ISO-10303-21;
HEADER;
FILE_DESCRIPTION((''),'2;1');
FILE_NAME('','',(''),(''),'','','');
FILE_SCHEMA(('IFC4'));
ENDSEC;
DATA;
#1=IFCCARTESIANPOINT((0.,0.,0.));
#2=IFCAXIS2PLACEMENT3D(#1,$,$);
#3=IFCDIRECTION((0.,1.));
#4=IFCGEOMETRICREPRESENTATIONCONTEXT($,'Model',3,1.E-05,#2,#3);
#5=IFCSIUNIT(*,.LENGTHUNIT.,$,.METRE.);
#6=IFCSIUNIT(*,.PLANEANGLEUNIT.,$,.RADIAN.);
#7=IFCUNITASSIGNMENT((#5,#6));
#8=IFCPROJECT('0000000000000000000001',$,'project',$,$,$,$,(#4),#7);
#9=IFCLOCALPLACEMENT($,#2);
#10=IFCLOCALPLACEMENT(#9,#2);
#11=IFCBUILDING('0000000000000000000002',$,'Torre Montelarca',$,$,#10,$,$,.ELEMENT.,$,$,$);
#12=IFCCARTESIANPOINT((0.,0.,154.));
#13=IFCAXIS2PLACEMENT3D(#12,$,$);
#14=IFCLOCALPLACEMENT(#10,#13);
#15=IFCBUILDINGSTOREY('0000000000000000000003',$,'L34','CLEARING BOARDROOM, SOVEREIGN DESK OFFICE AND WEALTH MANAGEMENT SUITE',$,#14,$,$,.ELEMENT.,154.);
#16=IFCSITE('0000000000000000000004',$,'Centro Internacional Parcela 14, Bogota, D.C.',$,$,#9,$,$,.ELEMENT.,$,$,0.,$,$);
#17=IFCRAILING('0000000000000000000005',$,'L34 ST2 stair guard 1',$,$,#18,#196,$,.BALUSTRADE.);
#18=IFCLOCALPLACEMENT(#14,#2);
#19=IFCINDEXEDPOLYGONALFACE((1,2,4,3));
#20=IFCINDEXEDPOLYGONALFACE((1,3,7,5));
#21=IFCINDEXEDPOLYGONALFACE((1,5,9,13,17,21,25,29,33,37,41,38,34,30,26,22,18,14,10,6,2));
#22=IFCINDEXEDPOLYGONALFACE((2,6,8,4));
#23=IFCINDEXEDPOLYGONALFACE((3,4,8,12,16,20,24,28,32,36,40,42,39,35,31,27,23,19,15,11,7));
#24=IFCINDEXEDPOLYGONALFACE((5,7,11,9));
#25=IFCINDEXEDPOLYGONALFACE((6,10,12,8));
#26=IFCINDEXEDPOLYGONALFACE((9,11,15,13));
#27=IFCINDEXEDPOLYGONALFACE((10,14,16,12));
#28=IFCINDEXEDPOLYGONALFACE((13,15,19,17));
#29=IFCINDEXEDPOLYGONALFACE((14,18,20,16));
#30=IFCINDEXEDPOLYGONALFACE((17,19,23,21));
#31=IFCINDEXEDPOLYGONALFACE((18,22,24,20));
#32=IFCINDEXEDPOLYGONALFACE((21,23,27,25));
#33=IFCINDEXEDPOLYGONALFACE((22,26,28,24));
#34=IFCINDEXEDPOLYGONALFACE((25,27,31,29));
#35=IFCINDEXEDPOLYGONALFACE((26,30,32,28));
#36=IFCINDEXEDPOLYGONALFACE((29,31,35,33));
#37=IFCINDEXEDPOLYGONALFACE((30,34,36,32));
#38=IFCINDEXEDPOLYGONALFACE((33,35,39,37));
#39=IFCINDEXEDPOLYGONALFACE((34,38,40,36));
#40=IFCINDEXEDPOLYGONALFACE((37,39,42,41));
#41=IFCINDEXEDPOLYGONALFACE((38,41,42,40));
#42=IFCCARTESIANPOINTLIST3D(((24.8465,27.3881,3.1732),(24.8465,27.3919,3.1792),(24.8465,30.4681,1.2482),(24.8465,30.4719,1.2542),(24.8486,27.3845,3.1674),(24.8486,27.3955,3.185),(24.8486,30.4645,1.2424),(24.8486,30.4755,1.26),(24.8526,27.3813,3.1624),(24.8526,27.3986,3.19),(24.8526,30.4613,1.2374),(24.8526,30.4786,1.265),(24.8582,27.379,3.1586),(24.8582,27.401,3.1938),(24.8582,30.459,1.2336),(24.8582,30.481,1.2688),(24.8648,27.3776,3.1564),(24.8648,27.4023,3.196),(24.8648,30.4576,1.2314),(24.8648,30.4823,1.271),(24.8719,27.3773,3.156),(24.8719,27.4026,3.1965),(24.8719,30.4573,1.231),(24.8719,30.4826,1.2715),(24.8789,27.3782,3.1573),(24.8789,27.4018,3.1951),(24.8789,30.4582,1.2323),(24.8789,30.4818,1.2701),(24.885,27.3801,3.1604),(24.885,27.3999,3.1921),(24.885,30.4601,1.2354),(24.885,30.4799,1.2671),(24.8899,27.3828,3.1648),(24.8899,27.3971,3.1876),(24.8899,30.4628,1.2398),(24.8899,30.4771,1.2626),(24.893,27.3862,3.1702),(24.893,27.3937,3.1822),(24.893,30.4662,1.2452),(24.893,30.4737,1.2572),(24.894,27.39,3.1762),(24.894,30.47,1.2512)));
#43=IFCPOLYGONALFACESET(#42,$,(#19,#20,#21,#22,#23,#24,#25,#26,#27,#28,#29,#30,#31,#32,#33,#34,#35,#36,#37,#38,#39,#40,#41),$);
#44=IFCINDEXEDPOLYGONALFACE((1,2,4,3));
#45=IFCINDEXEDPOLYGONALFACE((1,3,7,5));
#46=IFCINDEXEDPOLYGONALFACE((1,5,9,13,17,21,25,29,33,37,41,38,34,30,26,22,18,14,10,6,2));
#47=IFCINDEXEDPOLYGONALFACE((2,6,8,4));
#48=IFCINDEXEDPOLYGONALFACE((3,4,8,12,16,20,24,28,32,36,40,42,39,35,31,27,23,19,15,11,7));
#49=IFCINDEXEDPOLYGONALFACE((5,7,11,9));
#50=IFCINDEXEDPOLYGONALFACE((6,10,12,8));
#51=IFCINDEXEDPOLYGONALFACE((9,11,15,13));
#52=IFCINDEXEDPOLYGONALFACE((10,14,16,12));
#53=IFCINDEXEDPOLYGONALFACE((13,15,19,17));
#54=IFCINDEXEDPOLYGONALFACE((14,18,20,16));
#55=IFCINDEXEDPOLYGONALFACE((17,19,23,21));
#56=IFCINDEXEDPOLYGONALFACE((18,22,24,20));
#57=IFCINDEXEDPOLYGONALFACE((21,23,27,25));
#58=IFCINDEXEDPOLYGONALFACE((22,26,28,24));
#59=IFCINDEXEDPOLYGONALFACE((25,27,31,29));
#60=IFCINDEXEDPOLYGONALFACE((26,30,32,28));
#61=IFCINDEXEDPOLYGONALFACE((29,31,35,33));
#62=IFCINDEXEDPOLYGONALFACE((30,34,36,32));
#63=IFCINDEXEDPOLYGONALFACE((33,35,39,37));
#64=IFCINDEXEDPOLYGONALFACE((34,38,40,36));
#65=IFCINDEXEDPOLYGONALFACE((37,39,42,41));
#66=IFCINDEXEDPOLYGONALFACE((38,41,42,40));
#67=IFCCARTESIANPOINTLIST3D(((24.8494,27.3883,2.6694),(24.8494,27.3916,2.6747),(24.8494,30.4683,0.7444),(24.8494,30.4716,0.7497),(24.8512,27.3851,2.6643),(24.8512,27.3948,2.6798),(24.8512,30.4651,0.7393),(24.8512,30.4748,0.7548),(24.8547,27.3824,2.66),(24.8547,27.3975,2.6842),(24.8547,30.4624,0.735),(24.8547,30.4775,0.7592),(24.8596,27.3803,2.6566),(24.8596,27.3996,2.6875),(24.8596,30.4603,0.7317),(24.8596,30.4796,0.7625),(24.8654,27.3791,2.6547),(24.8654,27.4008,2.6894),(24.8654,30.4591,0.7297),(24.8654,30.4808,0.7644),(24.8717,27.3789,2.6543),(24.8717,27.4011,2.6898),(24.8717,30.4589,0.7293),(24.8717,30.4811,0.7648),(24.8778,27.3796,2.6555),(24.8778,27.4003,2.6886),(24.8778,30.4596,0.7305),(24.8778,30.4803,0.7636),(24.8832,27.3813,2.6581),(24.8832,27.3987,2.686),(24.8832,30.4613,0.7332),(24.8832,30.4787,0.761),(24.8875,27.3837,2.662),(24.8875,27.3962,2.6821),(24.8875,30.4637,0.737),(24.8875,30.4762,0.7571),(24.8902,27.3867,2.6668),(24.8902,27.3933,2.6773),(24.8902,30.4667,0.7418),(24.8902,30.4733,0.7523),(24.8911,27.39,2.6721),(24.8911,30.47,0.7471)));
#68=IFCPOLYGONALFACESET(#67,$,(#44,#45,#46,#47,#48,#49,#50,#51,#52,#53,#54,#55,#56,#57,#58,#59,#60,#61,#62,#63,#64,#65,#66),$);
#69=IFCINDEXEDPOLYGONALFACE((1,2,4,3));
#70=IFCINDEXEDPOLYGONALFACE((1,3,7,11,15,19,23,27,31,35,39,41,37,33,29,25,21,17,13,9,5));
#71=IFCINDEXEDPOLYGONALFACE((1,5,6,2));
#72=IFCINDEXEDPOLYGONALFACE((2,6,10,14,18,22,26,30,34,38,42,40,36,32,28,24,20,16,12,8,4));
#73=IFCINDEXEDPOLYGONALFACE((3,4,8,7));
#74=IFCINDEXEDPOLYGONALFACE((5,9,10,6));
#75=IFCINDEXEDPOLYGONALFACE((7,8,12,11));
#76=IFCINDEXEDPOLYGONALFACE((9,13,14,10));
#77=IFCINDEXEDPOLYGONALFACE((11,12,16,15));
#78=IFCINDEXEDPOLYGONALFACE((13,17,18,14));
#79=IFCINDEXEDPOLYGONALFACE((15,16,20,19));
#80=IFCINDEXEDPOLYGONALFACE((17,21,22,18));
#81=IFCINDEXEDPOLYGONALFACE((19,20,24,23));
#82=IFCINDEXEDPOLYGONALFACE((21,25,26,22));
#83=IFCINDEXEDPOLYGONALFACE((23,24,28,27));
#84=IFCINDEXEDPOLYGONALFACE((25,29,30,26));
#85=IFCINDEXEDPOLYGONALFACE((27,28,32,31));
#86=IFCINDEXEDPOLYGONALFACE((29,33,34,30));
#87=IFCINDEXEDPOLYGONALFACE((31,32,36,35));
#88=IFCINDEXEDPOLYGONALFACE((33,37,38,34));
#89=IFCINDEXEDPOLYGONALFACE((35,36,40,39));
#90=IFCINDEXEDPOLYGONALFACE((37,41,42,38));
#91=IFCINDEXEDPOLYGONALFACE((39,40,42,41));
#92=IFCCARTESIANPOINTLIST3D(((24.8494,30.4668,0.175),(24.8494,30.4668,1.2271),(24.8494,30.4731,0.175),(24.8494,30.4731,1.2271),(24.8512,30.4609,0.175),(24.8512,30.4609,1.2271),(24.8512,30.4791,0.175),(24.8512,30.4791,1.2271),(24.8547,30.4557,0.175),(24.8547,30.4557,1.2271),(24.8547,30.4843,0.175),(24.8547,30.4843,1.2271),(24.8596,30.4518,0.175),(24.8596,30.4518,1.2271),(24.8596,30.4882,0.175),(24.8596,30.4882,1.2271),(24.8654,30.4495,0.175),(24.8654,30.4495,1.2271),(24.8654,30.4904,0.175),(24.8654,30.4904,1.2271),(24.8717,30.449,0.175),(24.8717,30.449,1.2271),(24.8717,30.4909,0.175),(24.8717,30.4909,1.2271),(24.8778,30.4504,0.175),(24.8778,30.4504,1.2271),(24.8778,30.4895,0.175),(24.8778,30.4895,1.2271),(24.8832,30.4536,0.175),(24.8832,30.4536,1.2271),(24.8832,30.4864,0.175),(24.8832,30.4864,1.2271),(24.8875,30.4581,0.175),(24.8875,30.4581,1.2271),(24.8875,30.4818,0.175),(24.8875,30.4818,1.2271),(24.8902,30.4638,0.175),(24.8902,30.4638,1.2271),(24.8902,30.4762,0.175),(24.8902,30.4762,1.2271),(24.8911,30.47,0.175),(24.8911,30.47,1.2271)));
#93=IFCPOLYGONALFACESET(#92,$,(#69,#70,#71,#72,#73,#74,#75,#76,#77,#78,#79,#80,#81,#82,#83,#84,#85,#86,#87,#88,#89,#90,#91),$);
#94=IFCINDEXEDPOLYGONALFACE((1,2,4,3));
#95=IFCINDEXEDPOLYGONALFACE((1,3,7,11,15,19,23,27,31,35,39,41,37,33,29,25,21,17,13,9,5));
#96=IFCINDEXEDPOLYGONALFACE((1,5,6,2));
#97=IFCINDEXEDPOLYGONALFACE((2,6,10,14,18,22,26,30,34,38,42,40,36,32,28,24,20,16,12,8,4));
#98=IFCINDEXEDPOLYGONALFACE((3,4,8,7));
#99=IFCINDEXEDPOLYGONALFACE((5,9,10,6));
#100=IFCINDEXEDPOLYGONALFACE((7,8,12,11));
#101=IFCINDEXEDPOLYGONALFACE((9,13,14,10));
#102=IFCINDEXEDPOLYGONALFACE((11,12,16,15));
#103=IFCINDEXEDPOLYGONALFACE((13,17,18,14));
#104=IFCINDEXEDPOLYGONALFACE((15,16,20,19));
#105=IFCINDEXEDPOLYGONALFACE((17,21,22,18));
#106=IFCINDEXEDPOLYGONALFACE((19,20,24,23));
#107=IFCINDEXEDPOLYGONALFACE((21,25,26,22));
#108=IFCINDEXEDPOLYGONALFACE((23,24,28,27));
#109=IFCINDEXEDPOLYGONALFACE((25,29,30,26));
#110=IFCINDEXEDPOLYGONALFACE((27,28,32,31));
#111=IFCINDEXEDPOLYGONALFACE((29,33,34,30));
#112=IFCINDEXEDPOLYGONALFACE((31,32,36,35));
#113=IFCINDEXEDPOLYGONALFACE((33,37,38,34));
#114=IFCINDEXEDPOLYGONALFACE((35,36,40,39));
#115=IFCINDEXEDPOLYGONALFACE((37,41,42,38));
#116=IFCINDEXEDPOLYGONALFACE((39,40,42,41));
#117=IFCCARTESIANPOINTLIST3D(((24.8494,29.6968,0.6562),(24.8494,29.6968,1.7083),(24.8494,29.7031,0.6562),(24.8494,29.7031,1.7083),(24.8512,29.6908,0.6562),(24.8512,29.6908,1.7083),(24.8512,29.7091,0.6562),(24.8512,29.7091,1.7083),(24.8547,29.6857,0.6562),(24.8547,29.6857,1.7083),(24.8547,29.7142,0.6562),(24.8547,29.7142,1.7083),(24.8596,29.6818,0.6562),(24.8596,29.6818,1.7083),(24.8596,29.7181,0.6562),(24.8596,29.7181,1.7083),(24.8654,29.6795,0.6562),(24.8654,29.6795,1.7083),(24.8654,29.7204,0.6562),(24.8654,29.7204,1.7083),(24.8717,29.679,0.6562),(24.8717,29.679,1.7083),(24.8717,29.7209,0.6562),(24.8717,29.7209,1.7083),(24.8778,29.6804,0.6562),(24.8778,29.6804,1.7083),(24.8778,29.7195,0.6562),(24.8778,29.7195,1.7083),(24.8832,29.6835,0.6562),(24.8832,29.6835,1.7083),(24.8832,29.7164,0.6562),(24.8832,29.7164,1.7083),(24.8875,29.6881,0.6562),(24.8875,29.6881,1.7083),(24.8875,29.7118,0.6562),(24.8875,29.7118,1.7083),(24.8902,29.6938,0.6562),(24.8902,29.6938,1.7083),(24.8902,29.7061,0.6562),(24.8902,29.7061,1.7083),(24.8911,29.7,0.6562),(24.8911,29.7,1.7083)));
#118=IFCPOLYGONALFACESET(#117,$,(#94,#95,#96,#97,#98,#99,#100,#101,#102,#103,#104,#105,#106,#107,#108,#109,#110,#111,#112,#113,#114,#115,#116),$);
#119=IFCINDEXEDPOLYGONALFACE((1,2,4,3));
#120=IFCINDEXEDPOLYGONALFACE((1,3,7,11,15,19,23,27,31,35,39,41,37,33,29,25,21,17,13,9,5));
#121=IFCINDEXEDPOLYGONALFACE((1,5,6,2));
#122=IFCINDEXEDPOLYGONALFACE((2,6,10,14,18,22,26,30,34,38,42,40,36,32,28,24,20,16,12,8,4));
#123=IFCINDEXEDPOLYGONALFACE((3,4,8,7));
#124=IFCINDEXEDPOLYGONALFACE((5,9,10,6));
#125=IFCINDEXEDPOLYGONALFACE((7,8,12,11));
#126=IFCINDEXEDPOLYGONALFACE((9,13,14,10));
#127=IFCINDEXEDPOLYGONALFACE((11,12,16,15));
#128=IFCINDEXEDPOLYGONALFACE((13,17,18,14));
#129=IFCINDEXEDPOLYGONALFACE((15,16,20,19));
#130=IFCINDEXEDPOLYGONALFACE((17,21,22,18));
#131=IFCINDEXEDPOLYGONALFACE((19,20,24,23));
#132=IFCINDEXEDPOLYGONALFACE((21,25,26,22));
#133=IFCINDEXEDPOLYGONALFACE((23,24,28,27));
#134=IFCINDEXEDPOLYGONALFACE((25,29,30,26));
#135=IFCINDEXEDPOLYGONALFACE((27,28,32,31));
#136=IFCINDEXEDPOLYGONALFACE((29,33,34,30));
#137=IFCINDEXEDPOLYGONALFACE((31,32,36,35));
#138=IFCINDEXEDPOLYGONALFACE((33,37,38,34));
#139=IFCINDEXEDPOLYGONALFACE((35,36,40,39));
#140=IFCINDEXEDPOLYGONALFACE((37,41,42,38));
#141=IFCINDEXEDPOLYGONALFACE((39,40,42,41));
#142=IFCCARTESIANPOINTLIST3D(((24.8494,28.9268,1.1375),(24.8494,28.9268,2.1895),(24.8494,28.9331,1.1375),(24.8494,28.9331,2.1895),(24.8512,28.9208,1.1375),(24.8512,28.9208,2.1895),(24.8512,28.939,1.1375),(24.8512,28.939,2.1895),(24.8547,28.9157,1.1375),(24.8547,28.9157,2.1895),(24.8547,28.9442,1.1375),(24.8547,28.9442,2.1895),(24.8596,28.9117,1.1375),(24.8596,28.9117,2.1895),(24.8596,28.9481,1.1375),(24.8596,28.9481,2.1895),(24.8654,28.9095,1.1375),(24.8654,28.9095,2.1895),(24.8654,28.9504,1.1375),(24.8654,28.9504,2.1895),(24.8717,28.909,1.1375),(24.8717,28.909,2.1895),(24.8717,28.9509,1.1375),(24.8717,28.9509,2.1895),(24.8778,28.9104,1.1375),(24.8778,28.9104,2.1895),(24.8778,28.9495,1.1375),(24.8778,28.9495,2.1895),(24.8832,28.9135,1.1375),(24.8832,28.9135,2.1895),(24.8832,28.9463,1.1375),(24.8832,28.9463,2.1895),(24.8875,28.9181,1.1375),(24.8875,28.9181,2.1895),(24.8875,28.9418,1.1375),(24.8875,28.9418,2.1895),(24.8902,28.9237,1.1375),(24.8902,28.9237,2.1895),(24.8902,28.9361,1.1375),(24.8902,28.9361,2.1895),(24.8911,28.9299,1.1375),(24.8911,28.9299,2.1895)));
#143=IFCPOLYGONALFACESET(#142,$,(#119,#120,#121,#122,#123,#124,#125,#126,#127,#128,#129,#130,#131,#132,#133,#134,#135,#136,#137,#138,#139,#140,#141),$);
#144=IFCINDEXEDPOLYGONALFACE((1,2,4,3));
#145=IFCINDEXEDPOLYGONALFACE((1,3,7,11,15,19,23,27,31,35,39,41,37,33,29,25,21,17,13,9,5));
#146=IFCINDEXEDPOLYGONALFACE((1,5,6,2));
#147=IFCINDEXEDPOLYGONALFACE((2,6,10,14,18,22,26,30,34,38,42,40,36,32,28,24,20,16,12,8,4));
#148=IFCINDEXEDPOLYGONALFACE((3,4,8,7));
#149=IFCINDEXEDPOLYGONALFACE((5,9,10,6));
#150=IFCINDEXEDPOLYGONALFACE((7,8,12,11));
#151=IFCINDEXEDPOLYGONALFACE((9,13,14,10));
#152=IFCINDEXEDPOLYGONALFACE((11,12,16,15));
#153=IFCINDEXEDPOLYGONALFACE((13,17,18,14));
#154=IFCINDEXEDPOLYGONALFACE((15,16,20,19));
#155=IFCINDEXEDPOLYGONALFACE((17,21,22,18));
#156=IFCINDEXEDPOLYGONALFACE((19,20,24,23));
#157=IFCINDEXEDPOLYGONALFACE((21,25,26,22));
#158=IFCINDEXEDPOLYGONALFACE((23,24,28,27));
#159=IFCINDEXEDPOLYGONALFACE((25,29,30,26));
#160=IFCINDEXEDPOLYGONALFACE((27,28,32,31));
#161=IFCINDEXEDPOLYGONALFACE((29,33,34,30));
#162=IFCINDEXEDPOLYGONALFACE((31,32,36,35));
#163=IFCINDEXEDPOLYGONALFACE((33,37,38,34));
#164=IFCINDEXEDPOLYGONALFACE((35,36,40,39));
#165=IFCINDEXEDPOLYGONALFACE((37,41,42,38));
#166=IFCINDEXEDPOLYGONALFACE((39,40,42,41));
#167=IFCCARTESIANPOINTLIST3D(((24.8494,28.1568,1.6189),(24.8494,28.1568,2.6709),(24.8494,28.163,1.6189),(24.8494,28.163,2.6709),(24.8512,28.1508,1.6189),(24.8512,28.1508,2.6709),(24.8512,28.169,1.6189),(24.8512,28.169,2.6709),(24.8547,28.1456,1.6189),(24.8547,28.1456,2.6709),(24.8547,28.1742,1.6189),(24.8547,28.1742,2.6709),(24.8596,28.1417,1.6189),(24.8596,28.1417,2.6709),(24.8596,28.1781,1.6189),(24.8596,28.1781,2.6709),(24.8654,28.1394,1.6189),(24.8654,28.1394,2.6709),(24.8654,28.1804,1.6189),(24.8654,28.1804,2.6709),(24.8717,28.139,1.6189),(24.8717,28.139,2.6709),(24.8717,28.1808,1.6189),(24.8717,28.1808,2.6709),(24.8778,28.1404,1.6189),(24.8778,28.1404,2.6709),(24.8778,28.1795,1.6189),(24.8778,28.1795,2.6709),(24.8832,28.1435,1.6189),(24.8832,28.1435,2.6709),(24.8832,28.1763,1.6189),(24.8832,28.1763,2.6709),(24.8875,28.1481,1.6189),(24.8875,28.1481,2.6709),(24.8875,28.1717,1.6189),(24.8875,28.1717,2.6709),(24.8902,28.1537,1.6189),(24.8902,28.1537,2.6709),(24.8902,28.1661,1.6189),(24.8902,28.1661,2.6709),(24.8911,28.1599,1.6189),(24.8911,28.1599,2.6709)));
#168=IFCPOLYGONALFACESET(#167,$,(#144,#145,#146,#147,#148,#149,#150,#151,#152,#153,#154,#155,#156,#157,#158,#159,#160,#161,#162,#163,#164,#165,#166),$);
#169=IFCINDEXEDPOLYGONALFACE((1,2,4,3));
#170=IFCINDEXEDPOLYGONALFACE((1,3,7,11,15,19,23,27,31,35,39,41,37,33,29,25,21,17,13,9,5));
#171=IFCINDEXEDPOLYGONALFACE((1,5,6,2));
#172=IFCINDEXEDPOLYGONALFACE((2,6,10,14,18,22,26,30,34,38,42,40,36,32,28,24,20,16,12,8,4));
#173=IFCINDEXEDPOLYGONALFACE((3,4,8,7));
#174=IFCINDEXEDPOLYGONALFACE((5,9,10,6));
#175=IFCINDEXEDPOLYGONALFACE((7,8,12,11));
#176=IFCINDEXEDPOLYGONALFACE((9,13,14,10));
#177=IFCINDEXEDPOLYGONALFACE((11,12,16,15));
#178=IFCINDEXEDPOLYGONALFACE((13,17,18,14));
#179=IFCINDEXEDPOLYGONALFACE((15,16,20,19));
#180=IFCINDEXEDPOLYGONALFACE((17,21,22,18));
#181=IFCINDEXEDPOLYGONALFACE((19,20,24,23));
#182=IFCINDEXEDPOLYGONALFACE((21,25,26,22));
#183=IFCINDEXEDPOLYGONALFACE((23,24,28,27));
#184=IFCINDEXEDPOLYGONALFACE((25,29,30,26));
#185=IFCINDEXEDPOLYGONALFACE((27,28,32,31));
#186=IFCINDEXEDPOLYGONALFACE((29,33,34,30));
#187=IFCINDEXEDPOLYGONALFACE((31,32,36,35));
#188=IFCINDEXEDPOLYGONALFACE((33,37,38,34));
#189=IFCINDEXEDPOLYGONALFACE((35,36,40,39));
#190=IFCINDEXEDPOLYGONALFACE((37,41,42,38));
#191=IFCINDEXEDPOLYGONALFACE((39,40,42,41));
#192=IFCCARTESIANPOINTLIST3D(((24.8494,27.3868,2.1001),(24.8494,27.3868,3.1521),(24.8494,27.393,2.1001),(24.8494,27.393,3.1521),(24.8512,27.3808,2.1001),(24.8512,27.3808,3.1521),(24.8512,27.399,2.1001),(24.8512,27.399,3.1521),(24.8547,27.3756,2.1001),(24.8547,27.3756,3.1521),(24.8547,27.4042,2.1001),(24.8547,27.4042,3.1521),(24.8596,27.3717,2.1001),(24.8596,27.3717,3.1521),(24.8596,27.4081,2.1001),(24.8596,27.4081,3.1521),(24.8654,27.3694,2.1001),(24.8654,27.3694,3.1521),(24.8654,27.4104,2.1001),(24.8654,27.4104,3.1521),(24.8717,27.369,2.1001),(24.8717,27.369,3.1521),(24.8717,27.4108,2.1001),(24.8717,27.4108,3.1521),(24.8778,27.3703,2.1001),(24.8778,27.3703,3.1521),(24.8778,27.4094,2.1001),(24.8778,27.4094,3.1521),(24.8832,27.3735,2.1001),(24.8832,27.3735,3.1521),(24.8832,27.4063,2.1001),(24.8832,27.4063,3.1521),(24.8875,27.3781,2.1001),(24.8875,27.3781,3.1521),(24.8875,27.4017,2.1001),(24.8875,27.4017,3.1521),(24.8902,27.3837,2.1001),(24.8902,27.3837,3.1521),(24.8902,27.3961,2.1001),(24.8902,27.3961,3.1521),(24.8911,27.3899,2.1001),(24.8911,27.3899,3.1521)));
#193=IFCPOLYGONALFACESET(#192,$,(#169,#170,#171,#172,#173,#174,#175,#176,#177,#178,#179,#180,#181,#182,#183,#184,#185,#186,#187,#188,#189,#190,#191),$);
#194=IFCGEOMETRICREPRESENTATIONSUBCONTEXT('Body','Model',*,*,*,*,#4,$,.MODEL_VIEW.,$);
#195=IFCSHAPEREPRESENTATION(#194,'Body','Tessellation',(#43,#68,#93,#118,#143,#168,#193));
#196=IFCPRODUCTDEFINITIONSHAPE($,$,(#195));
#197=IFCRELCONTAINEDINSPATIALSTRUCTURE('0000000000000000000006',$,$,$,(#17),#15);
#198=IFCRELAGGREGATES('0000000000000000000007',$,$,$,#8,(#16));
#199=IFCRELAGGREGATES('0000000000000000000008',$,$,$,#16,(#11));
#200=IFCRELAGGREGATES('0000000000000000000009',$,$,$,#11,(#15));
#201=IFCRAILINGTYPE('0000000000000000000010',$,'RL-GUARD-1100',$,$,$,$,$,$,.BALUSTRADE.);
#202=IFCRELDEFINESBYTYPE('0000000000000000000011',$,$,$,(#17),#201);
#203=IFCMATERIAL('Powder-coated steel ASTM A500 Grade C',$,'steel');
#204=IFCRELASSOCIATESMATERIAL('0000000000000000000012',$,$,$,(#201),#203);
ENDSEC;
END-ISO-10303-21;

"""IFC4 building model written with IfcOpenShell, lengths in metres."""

from ifc_helpers import new_model, si_unit, direction, frame, origin, origin_2d, place, context, subcontext, project, spatial, circle, extrude, material, type_object, element, save


model = new_model("IFC4")

# Units and contexts
model_context = context("Model", 3, precision=1e-05, world=origin(), true_north=direction((0.0, 1.0)))
body_context = subcontext(model_context, "Body", "Model", "MODEL_VIEW")
ifc_project = project(units=[si_unit("LENGTHUNIT", "METRE"), si_unit("PLANEANGLEUNIT", "RADIAN")], contexts=[model_context])

# Site, building, storey
site_placement = place(None, origin())
site = spatial("IfcSite", under=ifc_project, at=site_placement, Name="Centro Internacional Parcela 14, Bogota, D.C.", CompositionType="ELEMENT", RefElevation=0.0)
building_placement = place(site_placement, origin())
building = spatial("IfcBuilding", under=site, at=building_placement, Name="Torre Montelarca", CompositionType="ELEMENT")
storey_placement = place(building_placement, frame((0.0, 0.0, 154.0)))
storey = spatial("IfcBuildingStorey", under=building, at=storey_placement, Name="L34", Description="CLEARING BOARDROOM, SOVEREIGN DESK OFFICE AND WEALTH MANAGEMENT SUITE", CompositionType="ELEMENT", Elevation=154.0)

# Railing
ifc_material_1 = material(Name="Powder-coated steel ASTM A500 Grade C", Category="steel")
railing_type_1 = type_object("IfcRailingType", Name="RL-GUARD-1100", PredefinedType="BALUSTRADE", material=ifc_material_1)
railing_1_placement = place(storey_placement, frame((24.8701, 30.47, 0.175)))
element("IfcRailing", 1, at=railing_1_placement, inside=storey, type_object=railing_type_1, Name="L34 ST2 stair guard 1", PredefinedType="BALUSTRADE", context=body_context, shape_type="SweptSolid", body=[
    extrude(circle(Radius=0.0239, at=origin_2d()), frame((0.0, 0.0, 1.0762), z_axis=(0.0, -0.847998, 0.529999), x_axis=(1.0, 0.0, 0.0)), (0.0, 0.0, 1.0), 3.6321),
    extrude(circle(Radius=0.021, at=origin_2d()), frame((0.0, 0.0, 0.572), z_axis=(0.0, -0.847998, 0.529999), x_axis=(1.0, 0.0, 0.0)), (0.0, 0.0, 1.0), 3.6321),
    extrude(circle(Radius=0.021, at=origin_2d()), origin(), (0.0, 0.0, 1.0), 1.052),
    extrude(circle(Radius=0.021, at=origin_2d()), frame((0.0, -0.77, 0.4812)), (0.0, 0.0, 1.0), 1.052),
    extrude(circle(Radius=0.021, at=origin_2d()), frame((0.0, -1.54, 0.9624)), (0.0, 0.0, 1.0), 1.052),
    extrude(circle(Radius=0.021, at=origin_2d()), frame((0.0, -2.3101, 1.4438)), (0.0, 0.0, 1.0), 1.052),
    extrude(circle(Radius=0.021, at=origin_2d()), frame((0.0, -3.0801, 1.925)), (0.0, 0.0, 1.0), 1.052),
])

save(model, "model.ifc")
